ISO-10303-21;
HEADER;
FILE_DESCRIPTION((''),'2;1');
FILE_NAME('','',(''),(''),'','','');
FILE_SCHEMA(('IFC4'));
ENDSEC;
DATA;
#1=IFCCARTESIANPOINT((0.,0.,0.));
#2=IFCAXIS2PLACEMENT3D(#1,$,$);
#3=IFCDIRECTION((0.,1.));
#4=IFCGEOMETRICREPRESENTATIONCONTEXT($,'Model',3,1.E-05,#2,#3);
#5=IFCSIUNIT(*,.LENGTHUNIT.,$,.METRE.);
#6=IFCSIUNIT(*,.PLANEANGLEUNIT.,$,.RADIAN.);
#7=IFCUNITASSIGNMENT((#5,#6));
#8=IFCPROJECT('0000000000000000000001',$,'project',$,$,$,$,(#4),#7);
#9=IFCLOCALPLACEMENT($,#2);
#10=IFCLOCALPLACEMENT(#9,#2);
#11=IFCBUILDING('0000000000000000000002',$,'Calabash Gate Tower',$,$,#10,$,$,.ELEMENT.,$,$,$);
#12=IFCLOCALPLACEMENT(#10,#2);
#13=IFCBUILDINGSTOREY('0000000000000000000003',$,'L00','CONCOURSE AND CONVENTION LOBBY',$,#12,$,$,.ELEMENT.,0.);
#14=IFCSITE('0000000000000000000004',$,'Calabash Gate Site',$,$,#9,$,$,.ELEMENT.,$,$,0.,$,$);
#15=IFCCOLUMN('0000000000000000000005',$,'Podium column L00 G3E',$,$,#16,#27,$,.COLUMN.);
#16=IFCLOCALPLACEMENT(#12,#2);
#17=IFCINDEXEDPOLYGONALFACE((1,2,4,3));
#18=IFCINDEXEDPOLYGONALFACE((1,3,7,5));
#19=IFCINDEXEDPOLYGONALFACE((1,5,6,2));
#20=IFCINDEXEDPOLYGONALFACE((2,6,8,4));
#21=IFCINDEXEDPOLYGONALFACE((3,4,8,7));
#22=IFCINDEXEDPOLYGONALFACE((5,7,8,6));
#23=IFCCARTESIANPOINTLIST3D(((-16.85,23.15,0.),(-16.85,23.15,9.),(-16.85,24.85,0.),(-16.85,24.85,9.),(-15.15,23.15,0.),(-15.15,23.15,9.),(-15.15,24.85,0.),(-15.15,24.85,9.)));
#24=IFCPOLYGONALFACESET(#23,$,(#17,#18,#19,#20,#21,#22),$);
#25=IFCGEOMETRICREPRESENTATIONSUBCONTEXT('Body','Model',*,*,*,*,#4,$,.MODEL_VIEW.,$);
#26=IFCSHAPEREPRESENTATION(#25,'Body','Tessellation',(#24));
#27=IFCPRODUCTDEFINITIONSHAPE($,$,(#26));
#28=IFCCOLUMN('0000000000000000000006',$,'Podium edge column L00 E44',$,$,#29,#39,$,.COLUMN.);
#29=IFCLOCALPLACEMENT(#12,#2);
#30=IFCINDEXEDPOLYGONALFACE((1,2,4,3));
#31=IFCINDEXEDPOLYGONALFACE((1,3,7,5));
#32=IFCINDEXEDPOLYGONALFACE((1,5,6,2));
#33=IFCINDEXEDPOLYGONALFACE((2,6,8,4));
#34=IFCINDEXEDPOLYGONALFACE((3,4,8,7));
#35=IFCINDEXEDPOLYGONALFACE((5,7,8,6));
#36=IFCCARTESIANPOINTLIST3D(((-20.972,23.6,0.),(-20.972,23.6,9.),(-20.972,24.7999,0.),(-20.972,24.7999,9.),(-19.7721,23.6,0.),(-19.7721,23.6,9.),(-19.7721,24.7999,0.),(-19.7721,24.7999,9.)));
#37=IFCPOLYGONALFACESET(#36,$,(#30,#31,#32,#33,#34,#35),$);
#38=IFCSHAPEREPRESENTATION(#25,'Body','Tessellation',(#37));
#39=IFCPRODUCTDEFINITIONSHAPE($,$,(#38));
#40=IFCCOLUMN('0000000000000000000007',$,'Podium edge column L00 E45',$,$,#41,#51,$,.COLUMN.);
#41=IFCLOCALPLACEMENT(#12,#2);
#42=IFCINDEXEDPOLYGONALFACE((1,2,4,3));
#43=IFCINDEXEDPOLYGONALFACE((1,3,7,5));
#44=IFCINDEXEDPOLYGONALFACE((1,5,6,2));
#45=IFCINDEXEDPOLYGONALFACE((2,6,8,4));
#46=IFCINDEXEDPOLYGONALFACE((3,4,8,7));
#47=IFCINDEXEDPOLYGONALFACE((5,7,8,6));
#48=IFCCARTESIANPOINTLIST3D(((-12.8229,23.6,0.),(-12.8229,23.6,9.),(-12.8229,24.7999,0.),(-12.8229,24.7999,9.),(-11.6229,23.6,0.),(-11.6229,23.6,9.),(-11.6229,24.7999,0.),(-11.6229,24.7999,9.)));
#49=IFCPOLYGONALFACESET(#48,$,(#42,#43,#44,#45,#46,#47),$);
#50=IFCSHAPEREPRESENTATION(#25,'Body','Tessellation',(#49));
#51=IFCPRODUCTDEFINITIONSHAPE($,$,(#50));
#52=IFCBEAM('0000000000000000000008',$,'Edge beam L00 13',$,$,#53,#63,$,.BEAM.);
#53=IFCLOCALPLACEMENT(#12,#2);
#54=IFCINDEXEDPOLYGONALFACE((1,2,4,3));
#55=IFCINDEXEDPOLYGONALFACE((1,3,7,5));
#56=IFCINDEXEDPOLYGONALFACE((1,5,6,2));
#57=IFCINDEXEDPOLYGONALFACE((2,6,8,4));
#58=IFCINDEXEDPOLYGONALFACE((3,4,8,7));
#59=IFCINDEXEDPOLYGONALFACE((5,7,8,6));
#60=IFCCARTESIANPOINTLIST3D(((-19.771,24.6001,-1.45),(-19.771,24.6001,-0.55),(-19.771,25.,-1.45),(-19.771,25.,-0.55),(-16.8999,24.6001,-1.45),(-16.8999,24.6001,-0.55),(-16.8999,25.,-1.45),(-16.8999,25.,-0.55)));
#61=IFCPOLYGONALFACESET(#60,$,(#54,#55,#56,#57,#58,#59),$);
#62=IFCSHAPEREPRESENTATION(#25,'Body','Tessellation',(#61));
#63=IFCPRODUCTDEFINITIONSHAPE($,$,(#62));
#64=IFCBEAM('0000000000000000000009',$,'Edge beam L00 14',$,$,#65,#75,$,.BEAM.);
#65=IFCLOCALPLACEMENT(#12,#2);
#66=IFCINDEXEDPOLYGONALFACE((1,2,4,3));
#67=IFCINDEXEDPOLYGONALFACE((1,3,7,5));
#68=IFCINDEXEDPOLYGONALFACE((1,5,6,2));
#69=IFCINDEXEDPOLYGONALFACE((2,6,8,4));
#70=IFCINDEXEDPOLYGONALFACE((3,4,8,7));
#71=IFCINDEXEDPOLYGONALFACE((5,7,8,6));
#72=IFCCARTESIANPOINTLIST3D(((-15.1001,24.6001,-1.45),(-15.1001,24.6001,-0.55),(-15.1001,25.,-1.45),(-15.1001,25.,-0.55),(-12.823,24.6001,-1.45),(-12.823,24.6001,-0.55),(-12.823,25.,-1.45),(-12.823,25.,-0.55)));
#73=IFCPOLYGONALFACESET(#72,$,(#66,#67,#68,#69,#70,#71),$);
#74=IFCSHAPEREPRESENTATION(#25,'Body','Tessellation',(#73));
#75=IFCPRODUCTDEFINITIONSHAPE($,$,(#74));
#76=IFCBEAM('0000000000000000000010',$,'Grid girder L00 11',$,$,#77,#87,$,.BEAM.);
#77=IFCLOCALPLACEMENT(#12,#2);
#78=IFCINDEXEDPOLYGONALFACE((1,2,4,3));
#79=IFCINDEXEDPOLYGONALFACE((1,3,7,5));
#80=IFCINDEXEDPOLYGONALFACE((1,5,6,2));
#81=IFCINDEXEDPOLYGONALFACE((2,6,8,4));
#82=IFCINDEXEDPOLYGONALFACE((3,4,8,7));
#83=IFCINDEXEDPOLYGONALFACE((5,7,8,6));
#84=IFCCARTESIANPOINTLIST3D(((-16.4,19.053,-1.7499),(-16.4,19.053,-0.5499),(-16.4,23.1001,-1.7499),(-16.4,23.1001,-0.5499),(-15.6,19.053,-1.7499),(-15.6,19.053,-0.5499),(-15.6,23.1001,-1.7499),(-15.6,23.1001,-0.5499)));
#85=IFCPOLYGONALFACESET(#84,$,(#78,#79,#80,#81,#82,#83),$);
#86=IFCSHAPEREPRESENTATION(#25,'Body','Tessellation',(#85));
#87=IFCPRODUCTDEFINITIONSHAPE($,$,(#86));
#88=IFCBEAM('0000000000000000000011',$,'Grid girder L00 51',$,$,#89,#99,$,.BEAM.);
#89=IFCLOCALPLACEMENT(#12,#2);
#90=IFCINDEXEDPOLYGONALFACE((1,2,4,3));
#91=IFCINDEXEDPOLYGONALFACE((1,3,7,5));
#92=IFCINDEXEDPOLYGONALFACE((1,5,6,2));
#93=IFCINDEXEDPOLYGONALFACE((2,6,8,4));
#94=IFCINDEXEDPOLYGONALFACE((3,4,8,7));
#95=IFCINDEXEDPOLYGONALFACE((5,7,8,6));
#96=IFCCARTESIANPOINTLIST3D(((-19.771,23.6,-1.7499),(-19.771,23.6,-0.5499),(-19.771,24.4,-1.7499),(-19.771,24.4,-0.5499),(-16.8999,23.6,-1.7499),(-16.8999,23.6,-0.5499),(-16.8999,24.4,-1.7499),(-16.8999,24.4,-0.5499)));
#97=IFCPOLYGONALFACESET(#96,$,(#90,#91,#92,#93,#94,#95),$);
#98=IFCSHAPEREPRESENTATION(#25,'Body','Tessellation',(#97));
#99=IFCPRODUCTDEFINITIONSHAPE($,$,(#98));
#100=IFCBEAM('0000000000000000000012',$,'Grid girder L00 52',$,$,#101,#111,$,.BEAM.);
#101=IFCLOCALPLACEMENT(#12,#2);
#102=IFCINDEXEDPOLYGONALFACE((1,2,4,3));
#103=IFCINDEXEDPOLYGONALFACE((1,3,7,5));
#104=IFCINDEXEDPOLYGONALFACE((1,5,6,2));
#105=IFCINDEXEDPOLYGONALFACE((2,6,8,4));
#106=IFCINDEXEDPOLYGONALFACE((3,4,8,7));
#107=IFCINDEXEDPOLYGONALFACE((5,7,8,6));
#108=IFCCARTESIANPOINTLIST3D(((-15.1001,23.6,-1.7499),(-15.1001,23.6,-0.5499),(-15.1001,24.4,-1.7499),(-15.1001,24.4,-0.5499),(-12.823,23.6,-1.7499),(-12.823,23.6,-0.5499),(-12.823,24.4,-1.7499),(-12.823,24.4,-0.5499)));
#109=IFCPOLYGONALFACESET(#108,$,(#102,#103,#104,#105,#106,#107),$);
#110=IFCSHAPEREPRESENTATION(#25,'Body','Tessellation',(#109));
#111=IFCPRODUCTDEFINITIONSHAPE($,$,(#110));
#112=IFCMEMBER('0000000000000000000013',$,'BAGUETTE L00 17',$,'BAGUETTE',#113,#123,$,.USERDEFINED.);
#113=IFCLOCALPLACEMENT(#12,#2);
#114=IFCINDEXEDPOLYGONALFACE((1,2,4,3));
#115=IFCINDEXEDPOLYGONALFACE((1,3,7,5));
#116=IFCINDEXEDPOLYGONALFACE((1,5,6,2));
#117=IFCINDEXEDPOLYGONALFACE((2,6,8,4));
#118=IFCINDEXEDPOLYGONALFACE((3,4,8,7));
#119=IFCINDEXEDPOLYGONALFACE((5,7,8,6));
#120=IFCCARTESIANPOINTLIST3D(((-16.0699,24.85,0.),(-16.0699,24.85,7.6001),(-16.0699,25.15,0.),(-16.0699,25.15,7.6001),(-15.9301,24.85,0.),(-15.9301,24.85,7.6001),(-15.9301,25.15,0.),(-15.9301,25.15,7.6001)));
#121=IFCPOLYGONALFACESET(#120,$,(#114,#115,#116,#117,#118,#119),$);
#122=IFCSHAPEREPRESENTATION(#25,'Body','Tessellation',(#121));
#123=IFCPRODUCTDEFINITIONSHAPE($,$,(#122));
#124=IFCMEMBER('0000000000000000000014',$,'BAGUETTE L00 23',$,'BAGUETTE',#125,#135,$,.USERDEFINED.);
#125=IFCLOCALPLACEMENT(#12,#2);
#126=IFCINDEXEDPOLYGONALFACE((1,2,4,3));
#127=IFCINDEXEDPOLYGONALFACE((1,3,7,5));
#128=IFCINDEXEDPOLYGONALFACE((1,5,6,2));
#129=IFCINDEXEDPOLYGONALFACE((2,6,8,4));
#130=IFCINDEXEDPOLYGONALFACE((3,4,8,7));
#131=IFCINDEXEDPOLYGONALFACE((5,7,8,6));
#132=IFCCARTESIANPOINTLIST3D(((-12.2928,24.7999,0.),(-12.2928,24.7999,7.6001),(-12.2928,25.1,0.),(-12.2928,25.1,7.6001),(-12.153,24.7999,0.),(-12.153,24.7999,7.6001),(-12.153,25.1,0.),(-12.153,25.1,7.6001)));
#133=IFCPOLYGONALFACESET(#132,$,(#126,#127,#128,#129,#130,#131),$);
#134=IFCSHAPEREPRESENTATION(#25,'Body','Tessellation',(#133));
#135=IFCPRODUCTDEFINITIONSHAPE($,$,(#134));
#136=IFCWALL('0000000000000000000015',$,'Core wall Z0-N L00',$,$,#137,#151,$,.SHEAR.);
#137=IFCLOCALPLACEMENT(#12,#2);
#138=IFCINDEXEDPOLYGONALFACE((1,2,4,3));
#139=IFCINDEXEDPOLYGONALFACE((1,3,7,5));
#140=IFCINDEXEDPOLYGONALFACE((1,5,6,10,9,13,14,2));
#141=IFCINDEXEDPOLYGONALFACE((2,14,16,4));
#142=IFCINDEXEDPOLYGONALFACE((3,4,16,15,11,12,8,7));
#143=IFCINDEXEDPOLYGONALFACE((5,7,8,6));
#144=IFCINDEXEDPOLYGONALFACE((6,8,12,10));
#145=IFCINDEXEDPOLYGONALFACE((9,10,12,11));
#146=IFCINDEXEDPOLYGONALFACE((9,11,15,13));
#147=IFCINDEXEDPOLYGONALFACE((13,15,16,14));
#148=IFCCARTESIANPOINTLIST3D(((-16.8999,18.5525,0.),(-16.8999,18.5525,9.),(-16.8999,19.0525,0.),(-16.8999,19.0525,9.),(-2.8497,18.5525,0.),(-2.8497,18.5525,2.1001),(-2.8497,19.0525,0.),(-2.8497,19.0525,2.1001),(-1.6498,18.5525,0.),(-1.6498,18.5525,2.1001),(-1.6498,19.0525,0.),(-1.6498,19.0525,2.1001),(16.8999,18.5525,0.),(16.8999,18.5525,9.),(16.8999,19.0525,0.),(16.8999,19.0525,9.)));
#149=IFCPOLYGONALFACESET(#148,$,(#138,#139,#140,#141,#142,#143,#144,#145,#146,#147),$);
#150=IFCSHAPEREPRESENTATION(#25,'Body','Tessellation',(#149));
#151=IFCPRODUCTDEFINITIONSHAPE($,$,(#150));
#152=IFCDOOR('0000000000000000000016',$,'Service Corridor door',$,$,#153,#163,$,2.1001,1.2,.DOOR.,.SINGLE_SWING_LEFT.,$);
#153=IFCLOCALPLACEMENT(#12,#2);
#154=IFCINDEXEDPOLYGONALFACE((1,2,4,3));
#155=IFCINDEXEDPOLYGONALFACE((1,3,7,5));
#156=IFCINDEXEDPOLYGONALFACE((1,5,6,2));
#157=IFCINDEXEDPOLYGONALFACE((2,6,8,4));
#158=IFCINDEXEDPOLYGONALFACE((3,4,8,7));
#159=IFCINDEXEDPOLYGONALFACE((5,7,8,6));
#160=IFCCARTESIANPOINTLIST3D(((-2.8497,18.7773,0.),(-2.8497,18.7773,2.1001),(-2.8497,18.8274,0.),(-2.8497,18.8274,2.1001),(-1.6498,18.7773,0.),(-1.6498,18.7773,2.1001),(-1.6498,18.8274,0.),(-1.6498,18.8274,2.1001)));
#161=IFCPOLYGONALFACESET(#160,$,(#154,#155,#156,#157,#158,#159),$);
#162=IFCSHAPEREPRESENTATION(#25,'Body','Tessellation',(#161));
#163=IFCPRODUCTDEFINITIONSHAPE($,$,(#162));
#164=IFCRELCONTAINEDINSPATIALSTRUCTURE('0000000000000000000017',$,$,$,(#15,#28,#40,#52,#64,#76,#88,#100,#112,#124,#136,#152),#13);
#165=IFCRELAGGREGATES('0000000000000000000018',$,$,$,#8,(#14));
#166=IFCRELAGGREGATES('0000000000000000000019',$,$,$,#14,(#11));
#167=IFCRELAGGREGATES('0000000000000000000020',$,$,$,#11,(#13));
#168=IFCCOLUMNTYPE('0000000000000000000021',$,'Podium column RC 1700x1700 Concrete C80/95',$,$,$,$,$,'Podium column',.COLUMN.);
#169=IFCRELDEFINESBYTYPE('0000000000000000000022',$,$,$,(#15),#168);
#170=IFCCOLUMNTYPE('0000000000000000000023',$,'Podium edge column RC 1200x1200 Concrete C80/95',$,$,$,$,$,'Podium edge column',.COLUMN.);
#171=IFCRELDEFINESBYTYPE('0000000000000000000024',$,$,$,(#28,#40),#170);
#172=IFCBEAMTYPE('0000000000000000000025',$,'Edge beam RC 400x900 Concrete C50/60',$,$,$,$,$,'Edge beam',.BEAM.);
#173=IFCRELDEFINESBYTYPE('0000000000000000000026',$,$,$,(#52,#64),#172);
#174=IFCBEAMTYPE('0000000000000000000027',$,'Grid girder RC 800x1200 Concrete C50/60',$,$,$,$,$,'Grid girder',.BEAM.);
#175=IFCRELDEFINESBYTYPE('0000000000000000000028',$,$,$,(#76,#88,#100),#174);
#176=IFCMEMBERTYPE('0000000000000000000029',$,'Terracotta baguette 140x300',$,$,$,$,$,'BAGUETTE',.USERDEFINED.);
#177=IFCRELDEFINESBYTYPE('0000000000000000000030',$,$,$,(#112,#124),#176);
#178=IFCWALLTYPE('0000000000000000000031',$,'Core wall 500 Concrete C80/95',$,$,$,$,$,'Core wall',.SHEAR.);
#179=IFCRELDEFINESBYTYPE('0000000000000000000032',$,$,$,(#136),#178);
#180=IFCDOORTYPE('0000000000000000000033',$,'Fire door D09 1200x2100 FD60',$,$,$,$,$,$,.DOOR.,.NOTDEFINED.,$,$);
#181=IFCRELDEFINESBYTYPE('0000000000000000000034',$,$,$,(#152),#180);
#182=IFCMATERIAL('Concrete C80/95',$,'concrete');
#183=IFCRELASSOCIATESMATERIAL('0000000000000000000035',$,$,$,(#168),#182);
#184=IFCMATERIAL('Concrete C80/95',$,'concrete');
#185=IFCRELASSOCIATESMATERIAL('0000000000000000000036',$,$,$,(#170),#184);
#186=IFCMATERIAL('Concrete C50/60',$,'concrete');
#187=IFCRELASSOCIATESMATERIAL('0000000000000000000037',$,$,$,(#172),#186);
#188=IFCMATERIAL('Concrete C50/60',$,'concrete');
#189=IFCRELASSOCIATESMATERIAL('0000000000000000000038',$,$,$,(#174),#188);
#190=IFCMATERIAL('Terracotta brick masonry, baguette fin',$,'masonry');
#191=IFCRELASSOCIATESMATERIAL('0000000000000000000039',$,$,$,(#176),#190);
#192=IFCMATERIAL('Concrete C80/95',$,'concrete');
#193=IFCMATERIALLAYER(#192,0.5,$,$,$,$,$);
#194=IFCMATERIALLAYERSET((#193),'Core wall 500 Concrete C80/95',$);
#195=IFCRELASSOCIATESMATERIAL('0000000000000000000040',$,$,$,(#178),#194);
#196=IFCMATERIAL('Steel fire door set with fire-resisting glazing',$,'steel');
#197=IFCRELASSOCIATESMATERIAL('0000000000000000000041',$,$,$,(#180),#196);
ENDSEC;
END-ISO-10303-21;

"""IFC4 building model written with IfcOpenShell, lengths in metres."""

from ifc_helpers import new_model, si_unit, direction, frame, frame_2d, origin, origin_2d, place, context, subcontext, project, spatial, rectangle, extrude, material, layer, layer_set, material_profile, profile_set, type_object, element, fill, save


model = new_model("IFC4")

# Units and contexts
model_context = context("Model", 3, precision=1e-05, world=origin(), true_north=direction((0.0, 1.0)))
body_context = subcontext(model_context, "Body", "Model", "MODEL_VIEW")
ifc_project = project(units=[si_unit("LENGTHUNIT", "METRE"), si_unit("PLANEANGLEUNIT", "RADIAN")], contexts=[model_context])

# Site, building, storey
site_placement = place(None, origin())
site = spatial("IfcSite", under=ifc_project, at=site_placement, Name="Calabash Gate Site", CompositionType="ELEMENT", RefElevation=0.0)
building_placement = place(site_placement, origin())
building = spatial("IfcBuilding", under=site, at=building_placement, Name="Calabash Gate Tower", CompositionType="ELEMENT")
storey_placement = place(building_placement, origin())
storey = spatial("IfcBuildingStorey", under=building, at=storey_placement, Name="L00", Description="CONCOURSE AND CONVENTION LOBBY", CompositionType="ELEMENT", Elevation=0.0)

# Columns
ifc_material_1 = material(Name="Concrete C80/95", Category="concrete")
ifc_material_profile_1 = material_profile(ifc_material_1, rectangle(XDim=1.7, YDim=1.7, at=origin_2d()))
ifc_profile_set_1 = profile_set([ifc_material_profile_1], Name="Concrete C80/95")
column_type_1 = type_object("IfcColumnType", Name="Podium column RC 1700x1700 Concrete C80/95", ElementType="Podium column", PredefinedType="COLUMN", material=ifc_profile_set_1)
column_placement = place(storey_placement, frame((-16.0, 24.0, 0.0), z_axis=(0.0, 0.0, 1.0), x_axis=(1.0, 0.0, 0.0)))
element("IfcColumn", 1, at=column_placement, inside=storey, type_object=column_type_1, Name="Podium column L00 G3E", PredefinedType="COLUMN", context=body_context, shape_type="SweptSolid", body=[
    extrude(rectangle(XDim=1.7, YDim=1.7, at=origin_2d()), origin(), (0.0, 0.0, 1.0), 9.0),
])
ifc_material_2 = material(Name="Concrete C80/95", Category="concrete")
ifc_material_profile_2 = material_profile(ifc_material_2, rectangle(XDim=1.2, YDim=1.2, at=origin_2d()))
ifc_profile_set_2 = profile_set([ifc_material_profile_2], Name="Concrete C80/95")
column_type_2 = type_object("IfcColumnType", Name="Podium edge column RC 1200x1200 Concrete C80/95", ElementType="Podium edge column", PredefinedType="COLUMN", material=ifc_profile_set_2)
for number, where, z_axis, x_axis, name in (
    (2, (-20.3721, 24.2, 0.0), (0.0, 0.0, 1.0), (1.0, 0.0, 0.0), "Podium edge column L00 E44"),
    (3, (-12.2229, 24.2, 0.0), (0.0, 0.0, 1.0), (1.0, 0.0, 0.0), "Podium edge column L00 E45"),
):
    element("IfcColumn", number, at=place(storey_placement, frame(where, z_axis=z_axis, x_axis=x_axis)), inside=storey, type_object=column_type_2, Name=name, PredefinedType="COLUMN", context=body_context, shape_type="SweptSolid", body=[
        extrude(rectangle(XDim=1.2, YDim=1.2, at=origin_2d()), origin(), (0.0, 0.0, 1.0), 9.0),
    ])

# Beams
ifc_material_3 = material(Name="Concrete C50/60", Category="concrete")
ifc_material_profile_3 = material_profile(ifc_material_3, rectangle(XDim=0.3999, YDim=0.8999, at=origin_2d()))
ifc_profile_set_3 = profile_set([ifc_material_profile_3], Name="Concrete C50/60")
beam_type_1 = type_object("IfcBeamType", Name="Edge beam RC 400x900 Concrete C50/60", ElementType="Edge beam", PredefinedType="BEAM", material=ifc_profile_set_3)
beam_1_placement = place(storey_placement, frame((-19.771, 24.8, -1.0), z_axis=(1.0, 0.0, 0.0), x_axis=(0.0, 1.0, 0.0)))
element("IfcBeam", 4, at=beam_1_placement, inside=storey, type_object=beam_type_1, Name="Edge beam L00 13", PredefinedType="BEAM", context=body_context, shape_type="SweptSolid", body=[
    extrude(rectangle(XDim=0.3999, YDim=0.8999, at=origin_2d()), origin(), (0.0, 0.0, 1.0), 2.8711),
])
beam_2_placement = place(storey_placement, frame((-15.1001, 24.8, -1.0), z_axis=(1.0, 0.0, 0.0), x_axis=(0.0, 1.0, 0.0)))
element("IfcBeam", 5, at=beam_2_placement, inside=storey, type_object=beam_type_1, Name="Edge beam L00 14", PredefinedType="BEAM", context=body_context, shape_type="SweptSolid", body=[
    extrude(rectangle(XDim=0.3999, YDim=0.8999, at=origin_2d()), origin(), (0.0, 0.0, 1.0), 2.2771),
])
ifc_material_4 = material(Name="Concrete C50/60", Category="concrete")
ifc_material_profile_4 = material_profile(ifc_material_4, rectangle(XDim=0.8, YDim=1.2, at=origin_2d()))
ifc_profile_set_4 = profile_set([ifc_material_profile_4], Name="Concrete C50/60")
beam_type_2 = type_object("IfcBeamType", Name="Grid girder RC 800x1200 Concrete C50/60", ElementType="Grid girder", PredefinedType="BEAM", material=ifc_profile_set_4)
beam_3_placement = place(storey_placement, frame((-16.0, 19.053, -1.1499), z_axis=(0.0, 1.0, 0.0), x_axis=(-1.0, 0.0, 0.0)))
element("IfcBeam", 6, at=beam_3_placement, inside=storey, type_object=beam_type_2, Name="Grid girder L00 11", PredefinedType="BEAM", context=body_context, shape_type="SweptSolid", body=[
    extrude(rectangle(XDim=0.8, YDim=1.2, at=origin_2d()), origin(), (0.0, 0.0, 1.0), 4.0471),
])
beam_4_placement = place(storey_placement, frame((-19.771, 24.0, -1.1499), z_axis=(1.0, 0.0, 0.0), x_axis=(0.0, 1.0, 0.0)))
element("IfcBeam", 7, at=beam_4_placement, inside=storey, type_object=beam_type_2, Name="Grid girder L00 51", PredefinedType="BEAM", context=body_context, shape_type="SweptSolid", body=[
    extrude(rectangle(XDim=0.8, YDim=1.2, at=origin_2d()), origin(), (0.0, 0.0, 1.0), 2.8711),
])
beam_5_placement = place(storey_placement, frame((-15.1001, 24.0, -1.1499), z_axis=(1.0, 0.0, 0.0), x_axis=(0.0, 1.0, 0.0)))
element("IfcBeam", 8, at=beam_5_placement, inside=storey, type_object=beam_type_2, Name="Grid girder L00 52", PredefinedType="BEAM", context=body_context, shape_type="SweptSolid", body=[
    extrude(rectangle(XDim=0.8, YDim=1.2, at=origin_2d()), origin(), (0.0, 0.0, 1.0), 2.2771),
])

# Members
ifc_material_5 = material(Name="Terracotta brick masonry, baguette fin", Category="masonry")
ifc_material_profile_5 = material_profile(ifc_material_5, rectangle(XDim=0.1399, YDim=0.3, at=origin_2d()))
ifc_profile_set_5 = profile_set([ifc_material_profile_5], Name="Terracotta brick masonry, baguette fin")
member_type = type_object("IfcMemberType", Name="Terracotta baguette 140x300", ElementType="BAGUETTE", PredefinedType="USERDEFINED", material=ifc_profile_set_5)
for number, where, z_axis, x_axis, name in (
    (9, (-16.0, 25.0, 0.0), (0.0, 0.0, 1.0), (-1.0, 0.0, 0.0), "BAGUETTE L00 17"),
    (10, (-12.2229, 24.95, 0.0), (0.0, 0.0, 1.0), (-1.0, 0.0, 0.0), "BAGUETTE L00 23"),
):
    element("IfcMember", number, at=place(storey_placement, frame(where, z_axis=z_axis, x_axis=x_axis)), inside=storey, type_object=member_type, Name=name, ObjectType="BAGUETTE", PredefinedType="USERDEFINED", context=body_context, shape_type="SweptSolid", body=[
        extrude(rectangle(XDim=0.1399, YDim=0.3, at=origin_2d()), origin(), (0.0, 0.0, 1.0), 7.6001),
    ])

# Wall, opening, door
ifc_material_6 = material(Name="Concrete C80/95", Category="concrete")
ifc_layer_1 = layer(ifc_material_6, 0.5)
ifc_layer_set_1 = layer_set([ifc_layer_1], Name="Core wall 500 Concrete C80/95")
wall_type_1 = type_object("IfcWallType", Name="Core wall 500 Concrete C80/95", ElementType="Core wall", PredefinedType="SHEAR", material=ifc_layer_set_1)
wall_1_placement = place(storey_placement, frame((-16.8999, 18.8025, 0.0), z_axis=(0.0, 0.0, 1.0), x_axis=(1.0, 0.0, 0.0)))
wall_1 = element("IfcWall", 11, at=wall_1_placement, inside=storey, type_object=wall_type_1, Name="Core wall Z0-N L00", PredefinedType="SHEAR", context=body_context, shape_type="SweptSolid", body=[
    extrude(rectangle(XDim=33.7998, YDim=0.5, at=frame_2d((16.8999, 0.0))), origin(), (0.0, 0.0, 1.0), 9.0),
])
opening_1_placement = place(wall_1_placement, frame((14.05, 0.0, 0.0)))
opening_1 = element("IfcOpeningElement", 12, at=opening_1_placement, cuts=wall_1, PredefinedType="OPENING", context=body_context, shape_type="SweptSolid", body=[
    extrude(rectangle(XDim=1.2, YDim=2.1001, at=frame_2d((0.6001, 1.05))), frame((0.0, 0.26, 0.0), z_axis=(0.0, -1.0, 0.0), x_axis=(1.0, 0.0, 0.0)), (0.0, 0.0, 1.0), 0.52),
])
ifc_material_7 = material(Name="Steel fire door set with fire-resisting glazing", Category="steel")
door_type_1 = type_object("IfcDoorType", Name="Fire door D09 1200x2100 FD60", OperationType="NOTDEFINED", PredefinedType="DOOR", material=ifc_material_7)
door_1_placement = place(opening_1_placement, origin())
door_1 = element("IfcDoor", 13, at=door_1_placement, inside=storey, type_object=door_type_1, Name="Service Corridor door", OperationType="SINGLE_SWING_LEFT", OverallHeight=2.1001, OverallWidth=1.2, PredefinedType="DOOR", context=body_context, shape_type="SweptSolid", body=[
    extrude(rectangle(XDim=1.2, YDim=2.1001, at=frame_2d((0.6001, 1.05))), frame((0.0, 0.0249, 0.0), z_axis=(0.0, -1.0, 0.0), x_axis=(1.0, 0.0, 0.0)), (0.0, 0.0, 1.0), 0.05),
])
fill(opening_1, door_1)

save(model, "model.ifc")
